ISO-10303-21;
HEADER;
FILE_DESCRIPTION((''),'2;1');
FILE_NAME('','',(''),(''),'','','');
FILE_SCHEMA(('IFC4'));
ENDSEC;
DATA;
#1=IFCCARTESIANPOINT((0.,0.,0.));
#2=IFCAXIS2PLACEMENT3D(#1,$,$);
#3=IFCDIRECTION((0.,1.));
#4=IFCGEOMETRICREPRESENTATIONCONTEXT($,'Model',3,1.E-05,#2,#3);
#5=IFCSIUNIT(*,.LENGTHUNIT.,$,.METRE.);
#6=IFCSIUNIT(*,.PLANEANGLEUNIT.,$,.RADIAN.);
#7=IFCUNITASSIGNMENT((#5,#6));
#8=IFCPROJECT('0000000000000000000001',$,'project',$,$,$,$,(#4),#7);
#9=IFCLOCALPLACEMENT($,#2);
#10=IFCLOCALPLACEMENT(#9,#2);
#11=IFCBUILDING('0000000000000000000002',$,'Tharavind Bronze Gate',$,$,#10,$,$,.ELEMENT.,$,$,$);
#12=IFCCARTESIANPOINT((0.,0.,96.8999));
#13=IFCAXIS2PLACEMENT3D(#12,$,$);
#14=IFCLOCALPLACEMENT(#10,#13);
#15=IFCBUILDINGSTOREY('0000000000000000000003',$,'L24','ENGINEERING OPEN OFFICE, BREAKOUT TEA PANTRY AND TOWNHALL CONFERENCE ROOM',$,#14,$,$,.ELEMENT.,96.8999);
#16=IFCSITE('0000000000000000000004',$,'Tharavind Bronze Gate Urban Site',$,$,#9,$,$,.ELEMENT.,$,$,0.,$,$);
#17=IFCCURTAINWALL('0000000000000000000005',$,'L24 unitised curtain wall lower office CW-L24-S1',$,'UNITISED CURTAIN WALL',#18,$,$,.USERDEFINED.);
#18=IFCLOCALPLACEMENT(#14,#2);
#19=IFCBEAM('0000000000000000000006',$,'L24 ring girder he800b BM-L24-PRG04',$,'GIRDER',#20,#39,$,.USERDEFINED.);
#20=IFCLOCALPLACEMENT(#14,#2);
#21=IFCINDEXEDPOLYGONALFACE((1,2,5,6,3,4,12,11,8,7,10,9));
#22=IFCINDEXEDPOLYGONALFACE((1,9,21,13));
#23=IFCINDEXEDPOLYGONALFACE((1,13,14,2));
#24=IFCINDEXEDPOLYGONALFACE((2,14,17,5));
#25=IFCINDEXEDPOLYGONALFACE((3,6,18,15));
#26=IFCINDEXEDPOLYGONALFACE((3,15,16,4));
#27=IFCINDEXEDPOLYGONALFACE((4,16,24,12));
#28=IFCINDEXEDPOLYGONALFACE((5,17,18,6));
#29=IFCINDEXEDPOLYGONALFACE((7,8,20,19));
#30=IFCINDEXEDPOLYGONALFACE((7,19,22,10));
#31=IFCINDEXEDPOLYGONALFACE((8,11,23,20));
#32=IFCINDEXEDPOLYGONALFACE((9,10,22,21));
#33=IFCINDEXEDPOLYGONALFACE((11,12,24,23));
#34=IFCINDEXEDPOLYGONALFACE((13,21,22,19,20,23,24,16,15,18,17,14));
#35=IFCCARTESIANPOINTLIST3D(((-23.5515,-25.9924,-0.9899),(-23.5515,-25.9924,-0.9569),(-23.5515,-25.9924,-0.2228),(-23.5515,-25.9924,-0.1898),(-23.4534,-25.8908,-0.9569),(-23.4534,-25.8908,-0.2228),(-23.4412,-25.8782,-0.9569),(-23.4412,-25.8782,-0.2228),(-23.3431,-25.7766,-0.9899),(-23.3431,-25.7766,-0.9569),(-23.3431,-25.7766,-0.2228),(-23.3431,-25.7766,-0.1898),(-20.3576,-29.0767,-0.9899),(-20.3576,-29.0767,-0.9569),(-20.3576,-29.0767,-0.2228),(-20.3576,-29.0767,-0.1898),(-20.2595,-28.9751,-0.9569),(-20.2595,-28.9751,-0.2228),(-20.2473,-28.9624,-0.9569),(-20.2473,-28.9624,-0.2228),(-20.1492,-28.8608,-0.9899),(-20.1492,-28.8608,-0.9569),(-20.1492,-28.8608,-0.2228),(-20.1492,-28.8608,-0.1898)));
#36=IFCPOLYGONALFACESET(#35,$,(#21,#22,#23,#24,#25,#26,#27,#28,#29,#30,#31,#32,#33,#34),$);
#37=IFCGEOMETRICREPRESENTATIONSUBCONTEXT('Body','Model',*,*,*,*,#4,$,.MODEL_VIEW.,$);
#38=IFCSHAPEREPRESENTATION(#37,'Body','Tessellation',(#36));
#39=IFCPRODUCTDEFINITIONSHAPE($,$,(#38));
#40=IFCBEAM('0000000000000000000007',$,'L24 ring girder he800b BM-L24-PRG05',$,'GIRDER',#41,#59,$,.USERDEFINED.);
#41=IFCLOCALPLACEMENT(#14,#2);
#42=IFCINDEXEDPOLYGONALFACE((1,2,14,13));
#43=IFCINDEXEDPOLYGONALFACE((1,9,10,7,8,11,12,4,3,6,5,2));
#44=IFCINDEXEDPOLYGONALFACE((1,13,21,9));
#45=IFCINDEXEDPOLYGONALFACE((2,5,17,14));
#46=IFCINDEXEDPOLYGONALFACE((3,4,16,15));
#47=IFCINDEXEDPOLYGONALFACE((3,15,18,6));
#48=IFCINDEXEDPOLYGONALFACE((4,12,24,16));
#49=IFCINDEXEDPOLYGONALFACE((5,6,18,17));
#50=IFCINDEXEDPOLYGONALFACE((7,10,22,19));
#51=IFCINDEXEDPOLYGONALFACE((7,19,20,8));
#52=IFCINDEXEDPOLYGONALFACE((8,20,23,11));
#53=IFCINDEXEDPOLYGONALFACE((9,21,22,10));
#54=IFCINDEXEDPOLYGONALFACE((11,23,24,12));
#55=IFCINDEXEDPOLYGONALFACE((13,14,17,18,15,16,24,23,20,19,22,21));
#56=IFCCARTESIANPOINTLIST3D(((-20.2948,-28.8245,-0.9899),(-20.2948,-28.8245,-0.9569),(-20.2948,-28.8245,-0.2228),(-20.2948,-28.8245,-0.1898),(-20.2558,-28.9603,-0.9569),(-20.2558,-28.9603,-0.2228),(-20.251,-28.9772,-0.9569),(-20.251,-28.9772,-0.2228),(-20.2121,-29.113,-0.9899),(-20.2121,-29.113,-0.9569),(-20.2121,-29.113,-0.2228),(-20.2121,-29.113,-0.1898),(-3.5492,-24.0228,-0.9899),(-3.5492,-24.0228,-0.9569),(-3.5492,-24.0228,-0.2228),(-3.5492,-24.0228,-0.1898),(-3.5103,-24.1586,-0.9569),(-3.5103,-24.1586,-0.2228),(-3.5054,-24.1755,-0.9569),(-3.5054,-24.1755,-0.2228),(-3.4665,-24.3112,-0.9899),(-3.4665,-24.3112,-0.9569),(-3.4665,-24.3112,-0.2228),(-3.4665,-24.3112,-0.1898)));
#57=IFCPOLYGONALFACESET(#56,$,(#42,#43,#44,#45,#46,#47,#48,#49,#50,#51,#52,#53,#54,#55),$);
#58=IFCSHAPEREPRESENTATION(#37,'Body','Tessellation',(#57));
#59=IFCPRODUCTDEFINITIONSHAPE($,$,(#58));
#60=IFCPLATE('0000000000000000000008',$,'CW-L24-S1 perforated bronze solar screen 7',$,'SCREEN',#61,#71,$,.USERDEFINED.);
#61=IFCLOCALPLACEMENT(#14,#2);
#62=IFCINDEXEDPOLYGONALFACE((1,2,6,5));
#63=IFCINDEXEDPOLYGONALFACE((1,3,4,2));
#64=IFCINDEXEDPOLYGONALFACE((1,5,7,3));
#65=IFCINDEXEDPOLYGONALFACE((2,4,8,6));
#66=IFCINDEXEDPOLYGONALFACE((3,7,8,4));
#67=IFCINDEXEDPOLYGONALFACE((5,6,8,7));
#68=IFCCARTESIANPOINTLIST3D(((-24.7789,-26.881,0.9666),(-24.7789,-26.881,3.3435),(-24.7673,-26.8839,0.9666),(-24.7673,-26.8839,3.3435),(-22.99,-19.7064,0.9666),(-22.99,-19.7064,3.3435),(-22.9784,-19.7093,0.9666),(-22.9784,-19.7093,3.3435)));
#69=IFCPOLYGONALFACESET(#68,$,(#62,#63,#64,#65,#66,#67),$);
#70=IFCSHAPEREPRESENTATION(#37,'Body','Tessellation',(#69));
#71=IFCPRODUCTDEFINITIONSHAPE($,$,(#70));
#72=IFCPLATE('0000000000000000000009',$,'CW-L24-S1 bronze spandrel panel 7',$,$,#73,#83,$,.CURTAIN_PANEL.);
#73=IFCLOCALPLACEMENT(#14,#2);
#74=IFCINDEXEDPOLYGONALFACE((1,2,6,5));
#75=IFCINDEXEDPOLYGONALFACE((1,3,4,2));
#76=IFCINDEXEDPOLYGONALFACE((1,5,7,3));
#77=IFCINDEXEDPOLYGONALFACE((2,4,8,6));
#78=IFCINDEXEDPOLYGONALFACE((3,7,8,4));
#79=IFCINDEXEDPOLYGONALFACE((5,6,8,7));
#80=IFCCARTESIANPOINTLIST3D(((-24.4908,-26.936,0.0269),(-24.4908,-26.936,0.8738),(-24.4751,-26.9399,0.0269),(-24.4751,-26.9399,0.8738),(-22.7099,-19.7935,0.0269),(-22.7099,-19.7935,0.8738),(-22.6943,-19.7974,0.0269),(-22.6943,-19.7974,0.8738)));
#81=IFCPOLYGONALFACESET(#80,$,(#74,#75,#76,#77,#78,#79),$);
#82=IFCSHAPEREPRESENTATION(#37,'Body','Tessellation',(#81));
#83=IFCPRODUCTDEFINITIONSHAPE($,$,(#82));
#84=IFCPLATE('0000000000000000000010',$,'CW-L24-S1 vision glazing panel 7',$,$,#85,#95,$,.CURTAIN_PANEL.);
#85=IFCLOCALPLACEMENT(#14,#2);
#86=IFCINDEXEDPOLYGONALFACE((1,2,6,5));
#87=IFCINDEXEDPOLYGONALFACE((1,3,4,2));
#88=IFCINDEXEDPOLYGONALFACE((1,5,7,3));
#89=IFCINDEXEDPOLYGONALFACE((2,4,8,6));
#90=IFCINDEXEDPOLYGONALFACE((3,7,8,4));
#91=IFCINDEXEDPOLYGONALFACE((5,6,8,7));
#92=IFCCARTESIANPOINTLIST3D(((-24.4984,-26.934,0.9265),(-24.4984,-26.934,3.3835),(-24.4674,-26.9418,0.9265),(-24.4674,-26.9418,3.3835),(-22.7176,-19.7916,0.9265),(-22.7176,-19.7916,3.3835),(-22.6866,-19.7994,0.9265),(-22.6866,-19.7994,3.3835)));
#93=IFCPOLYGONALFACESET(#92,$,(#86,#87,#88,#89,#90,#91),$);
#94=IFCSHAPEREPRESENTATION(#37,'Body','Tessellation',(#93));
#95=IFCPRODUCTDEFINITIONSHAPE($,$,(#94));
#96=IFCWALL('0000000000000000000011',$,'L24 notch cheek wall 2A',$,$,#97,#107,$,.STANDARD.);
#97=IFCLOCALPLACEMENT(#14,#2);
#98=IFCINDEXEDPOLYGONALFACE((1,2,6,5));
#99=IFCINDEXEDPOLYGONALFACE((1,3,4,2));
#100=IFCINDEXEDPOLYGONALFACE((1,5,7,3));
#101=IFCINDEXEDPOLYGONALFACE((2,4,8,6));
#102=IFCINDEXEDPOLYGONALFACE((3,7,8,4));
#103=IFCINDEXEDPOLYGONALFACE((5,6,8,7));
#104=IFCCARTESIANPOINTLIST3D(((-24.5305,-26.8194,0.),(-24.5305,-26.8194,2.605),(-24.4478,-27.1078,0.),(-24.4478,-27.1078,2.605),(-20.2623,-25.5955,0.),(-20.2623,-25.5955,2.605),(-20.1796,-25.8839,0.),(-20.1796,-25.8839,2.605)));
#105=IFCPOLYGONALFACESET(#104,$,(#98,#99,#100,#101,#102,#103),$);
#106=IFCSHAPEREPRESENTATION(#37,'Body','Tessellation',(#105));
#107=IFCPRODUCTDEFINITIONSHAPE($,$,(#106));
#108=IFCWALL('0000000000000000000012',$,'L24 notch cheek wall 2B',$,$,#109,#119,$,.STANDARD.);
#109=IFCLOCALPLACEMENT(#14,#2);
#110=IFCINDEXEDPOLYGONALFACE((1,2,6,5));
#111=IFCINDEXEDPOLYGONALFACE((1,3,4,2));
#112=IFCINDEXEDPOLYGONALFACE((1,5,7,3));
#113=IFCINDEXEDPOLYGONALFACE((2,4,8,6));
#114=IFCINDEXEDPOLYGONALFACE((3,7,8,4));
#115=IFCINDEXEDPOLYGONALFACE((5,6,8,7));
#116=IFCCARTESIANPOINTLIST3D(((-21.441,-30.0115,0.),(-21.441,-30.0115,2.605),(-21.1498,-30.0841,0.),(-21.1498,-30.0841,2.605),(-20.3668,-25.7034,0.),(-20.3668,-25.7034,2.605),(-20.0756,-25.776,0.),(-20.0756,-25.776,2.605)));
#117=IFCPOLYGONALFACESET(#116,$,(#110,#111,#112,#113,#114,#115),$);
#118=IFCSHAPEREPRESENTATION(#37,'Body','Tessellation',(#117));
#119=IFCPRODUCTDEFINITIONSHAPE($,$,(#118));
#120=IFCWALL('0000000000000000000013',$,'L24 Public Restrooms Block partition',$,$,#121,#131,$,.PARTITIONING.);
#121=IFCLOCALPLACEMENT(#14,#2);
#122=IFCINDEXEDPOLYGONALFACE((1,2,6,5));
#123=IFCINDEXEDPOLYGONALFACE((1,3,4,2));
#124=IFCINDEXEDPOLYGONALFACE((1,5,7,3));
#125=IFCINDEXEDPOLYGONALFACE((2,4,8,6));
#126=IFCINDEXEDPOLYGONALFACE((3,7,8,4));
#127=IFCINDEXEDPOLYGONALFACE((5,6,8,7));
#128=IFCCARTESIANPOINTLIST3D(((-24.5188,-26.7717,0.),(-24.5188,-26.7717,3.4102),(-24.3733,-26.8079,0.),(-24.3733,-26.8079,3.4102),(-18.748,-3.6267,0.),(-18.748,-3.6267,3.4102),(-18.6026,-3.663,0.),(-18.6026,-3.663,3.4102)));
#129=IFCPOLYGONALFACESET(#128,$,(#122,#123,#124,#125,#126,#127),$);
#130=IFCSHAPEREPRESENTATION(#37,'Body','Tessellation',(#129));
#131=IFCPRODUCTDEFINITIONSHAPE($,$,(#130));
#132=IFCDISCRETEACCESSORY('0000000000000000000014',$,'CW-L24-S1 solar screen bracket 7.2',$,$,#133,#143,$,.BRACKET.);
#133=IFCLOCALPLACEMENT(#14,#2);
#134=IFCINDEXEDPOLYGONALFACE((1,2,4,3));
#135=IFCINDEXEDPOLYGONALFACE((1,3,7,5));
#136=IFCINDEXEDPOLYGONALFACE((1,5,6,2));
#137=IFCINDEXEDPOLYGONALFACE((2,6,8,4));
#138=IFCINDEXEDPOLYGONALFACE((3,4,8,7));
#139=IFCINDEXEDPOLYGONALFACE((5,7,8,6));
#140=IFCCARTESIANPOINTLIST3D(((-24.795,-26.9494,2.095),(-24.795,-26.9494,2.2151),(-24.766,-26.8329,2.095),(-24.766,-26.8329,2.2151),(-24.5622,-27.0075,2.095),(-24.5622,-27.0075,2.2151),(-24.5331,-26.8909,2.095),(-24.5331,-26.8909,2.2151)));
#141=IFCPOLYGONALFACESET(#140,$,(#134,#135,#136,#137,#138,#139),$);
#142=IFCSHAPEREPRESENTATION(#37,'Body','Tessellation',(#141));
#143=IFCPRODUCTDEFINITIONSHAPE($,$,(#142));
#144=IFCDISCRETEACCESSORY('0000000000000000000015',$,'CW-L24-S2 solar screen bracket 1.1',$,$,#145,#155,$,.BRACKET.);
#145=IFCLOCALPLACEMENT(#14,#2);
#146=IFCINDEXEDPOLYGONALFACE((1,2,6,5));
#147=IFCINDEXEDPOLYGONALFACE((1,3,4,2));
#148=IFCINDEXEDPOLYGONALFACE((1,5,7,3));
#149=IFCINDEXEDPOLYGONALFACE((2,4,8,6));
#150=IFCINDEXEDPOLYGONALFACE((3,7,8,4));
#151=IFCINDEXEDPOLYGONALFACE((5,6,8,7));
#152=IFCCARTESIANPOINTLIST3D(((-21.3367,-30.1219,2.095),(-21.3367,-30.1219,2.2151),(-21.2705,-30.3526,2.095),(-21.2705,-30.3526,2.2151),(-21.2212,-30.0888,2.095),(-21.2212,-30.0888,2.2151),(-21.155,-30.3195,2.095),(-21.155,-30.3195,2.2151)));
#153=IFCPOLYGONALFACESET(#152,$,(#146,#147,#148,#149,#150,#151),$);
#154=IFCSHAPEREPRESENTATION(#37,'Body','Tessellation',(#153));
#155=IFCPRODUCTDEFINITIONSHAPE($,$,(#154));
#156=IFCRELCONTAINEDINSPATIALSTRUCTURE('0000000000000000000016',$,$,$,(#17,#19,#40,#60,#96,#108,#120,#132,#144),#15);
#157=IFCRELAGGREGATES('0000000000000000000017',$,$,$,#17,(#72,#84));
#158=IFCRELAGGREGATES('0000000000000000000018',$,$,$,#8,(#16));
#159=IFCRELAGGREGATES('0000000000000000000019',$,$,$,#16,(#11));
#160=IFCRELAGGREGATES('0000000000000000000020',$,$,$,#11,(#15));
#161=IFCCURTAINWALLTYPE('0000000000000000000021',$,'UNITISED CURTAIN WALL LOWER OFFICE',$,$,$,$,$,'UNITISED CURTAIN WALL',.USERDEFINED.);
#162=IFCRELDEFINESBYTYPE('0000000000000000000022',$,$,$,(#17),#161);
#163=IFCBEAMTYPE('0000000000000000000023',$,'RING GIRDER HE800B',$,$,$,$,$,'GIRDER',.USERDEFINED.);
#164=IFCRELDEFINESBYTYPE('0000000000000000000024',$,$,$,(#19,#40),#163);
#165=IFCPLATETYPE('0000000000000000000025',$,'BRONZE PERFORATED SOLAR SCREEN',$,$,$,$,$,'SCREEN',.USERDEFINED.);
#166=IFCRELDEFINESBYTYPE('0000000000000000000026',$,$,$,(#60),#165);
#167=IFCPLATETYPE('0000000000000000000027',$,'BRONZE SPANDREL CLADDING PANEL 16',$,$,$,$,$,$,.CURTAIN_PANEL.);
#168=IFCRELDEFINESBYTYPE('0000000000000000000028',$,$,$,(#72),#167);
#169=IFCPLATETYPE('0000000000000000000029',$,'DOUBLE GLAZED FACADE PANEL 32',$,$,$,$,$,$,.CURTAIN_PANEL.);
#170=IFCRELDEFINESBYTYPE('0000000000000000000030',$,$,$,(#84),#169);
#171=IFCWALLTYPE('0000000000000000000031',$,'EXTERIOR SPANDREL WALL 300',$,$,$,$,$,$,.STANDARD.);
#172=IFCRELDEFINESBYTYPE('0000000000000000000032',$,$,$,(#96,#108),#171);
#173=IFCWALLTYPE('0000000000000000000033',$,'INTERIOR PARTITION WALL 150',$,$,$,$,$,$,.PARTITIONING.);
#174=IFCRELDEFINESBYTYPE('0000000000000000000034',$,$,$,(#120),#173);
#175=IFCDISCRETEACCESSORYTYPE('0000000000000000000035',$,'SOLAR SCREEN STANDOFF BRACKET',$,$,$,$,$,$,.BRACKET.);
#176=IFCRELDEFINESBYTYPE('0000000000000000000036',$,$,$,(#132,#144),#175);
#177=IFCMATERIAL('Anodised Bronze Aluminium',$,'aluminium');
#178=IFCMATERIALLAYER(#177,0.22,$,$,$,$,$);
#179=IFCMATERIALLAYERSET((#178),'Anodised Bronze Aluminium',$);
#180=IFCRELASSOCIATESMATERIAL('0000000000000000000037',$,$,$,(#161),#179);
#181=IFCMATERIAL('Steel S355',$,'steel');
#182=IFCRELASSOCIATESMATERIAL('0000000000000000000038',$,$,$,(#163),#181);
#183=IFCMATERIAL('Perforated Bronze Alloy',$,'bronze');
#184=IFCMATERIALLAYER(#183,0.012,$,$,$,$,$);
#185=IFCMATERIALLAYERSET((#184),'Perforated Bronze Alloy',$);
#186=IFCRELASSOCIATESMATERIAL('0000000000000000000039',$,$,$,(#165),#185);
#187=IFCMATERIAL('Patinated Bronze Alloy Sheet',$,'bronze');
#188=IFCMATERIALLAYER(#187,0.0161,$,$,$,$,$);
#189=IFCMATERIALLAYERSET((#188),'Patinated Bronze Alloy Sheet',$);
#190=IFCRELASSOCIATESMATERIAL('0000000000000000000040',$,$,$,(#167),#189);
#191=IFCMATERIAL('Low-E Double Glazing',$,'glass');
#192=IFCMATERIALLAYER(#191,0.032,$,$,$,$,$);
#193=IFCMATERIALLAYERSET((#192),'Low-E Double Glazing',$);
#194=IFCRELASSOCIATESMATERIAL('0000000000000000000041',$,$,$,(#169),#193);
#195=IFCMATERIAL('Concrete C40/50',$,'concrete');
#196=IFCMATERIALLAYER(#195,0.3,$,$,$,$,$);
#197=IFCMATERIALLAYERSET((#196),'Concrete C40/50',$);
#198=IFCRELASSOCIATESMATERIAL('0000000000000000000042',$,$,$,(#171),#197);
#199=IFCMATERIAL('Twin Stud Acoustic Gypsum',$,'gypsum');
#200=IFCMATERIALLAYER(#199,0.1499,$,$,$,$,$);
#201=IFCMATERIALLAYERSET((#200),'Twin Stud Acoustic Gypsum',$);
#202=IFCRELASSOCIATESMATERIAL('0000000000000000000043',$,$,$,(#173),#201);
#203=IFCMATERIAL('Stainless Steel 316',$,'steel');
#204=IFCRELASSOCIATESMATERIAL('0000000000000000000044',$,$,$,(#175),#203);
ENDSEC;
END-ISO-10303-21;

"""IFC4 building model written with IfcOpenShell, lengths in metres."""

from ifc_helpers import new_model, si_unit, direction, frame, frame_2d, origin, origin_2d, place, context, subcontext, project, spatial, rectangle, i_section, extrude, material, layer, layer_set, material_profile, profile_set, type_object, element, aggregate, save


model = new_model("IFC4")

# Units and contexts
model_context = context("Model", 3, precision=1e-05, world=origin(), true_north=direction((0.0, 1.0)))
body_context = subcontext(model_context, "Body", "Model", "MODEL_VIEW")
ifc_project = project(units=[si_unit("LENGTHUNIT", "METRE"), si_unit("PLANEANGLEUNIT", "RADIAN")], contexts=[model_context])

# Site, building, storey
site_placement = place(None, origin())
site = spatial("IfcSite", under=ifc_project, at=site_placement, Name="Tharavind Bronze Gate Urban Site", CompositionType="ELEMENT", RefElevation=0.0)
building_placement = place(site_placement, origin())
building = spatial("IfcBuilding", under=site, at=building_placement, Name="Tharavind Bronze Gate", CompositionType="ELEMENT")
storey_placement = place(building_placement, frame((0.0, 0.0, 96.8999)))
storey = spatial("IfcBuildingStorey", under=building, at=storey_placement, Name="L24", Description="ENGINEERING OPEN OFFICE, BREAKOUT TEA PANTRY AND TOWNHALL CONFERENCE ROOM", CompositionType="ELEMENT", Elevation=96.8999)

# Curtain wall
ifc_material_1 = material(Name="Anodised Bronze Aluminium", Category="aluminium")
ifc_layer_1 = layer(ifc_material_1, 0.22)
ifc_layer_set_1 = layer_set([ifc_layer_1], Name="Anodised Bronze Aluminium")
curtain_wall_type = type_object("IfcCurtainWallType", Name="UNITISED CURTAIN WALL LOWER OFFICE", ElementType="UNITISED CURTAIN WALL", PredefinedType="USERDEFINED", material=ifc_layer_set_1)
curtain_wall_1_placement = place(storey_placement, origin())
curtain_wall_1 = element("IfcCurtainWall", 1, at=curtain_wall_1_placement, inside=storey, type_object=curtain_wall_type, Name="L24 unitised curtain wall lower office CW-L24-S1", ObjectType="UNITISED CURTAIN WALL", PredefinedType="USERDEFINED")

# Beams
ifc_material_2 = material(Name="Steel S355", Category="steel")
ifc_material_profile_1 = material_profile(ifc_material_2, i_section(OverallWidth=0.3, OverallDepth=0.8, WebThickness=0.0176, FlangeThickness=0.033, at=origin_2d()), Name="HE800B")
ifc_profile_set_1 = profile_set([ifc_material_profile_1], Name="Steel S355")
beam_type_1 = type_object("IfcBeamType", Name="RING GIRDER HE800B", ElementType="GIRDER", PredefinedType="USERDEFINED", material=ifc_profile_set_1)
beam_1_placement = place(storey_placement, frame((-23.4473, -25.8845, -0.5898), z_axis=(0.719344, -0.694654, 0.0), x_axis=(0.694654, 0.719344, 0.0)))
element("IfcBeam", 2, at=beam_1_placement, inside=storey, type_object=beam_type_1, Name="L24 ring girder he800b BM-L24-PRG04", ObjectType="GIRDER", PredefinedType="USERDEFINED", context=body_context, shape_type="SweptSolid", body=[
    extrude(i_section(OverallWidth=0.3, OverallDepth=0.8, WebThickness=0.0176, FlangeThickness=0.033, at=origin_2d()), origin(), (0.0, 0.0, 1.0), 4.4399),
])
beam_2_placement = place(storey_placement, frame((-20.2534, -28.9688, -0.5898), z_axis=(0.961261, 0.275639, 0.0), x_axis=(-0.275639, 0.961261, 0.0)))
element("IfcBeam", 3, at=beam_2_placement, inside=storey, type_object=beam_type_1, Name="L24 ring girder he800b BM-L24-PRG05", ObjectType="GIRDER", PredefinedType="USERDEFINED", context=body_context, shape_type="SweptSolid", body=[
    extrude(i_section(OverallWidth=0.3, OverallDepth=0.8, WebThickness=0.0176, FlangeThickness=0.033, at=origin_2d()), origin(), (0.0, 0.0, 1.0), 17.4204),
])

# Plates
ifc_material_3 = material(Name="Perforated Bronze Alloy", Category="bronze")
ifc_layer_2 = layer(ifc_material_3, 0.012)
ifc_layer_set_2 = layer_set([ifc_layer_2], Name="Perforated Bronze Alloy")
plate_type_1 = type_object("IfcPlateType", Name="BRONZE PERFORATED SOLAR SCREEN", ElementType="SCREEN", PredefinedType="USERDEFINED", material=ifc_layer_set_2)
plate_1_placement = place(storey_placement, frame((-23.8787, -23.2952, 0.9666), z_axis=(0.0, 0.0, 1.0), x_axis=(-0.241922, -0.970296, 0.0)))
element("IfcPlate", 4, at=plate_1_placement, inside=storey, type_object=plate_type_1, Name="CW-L24-S1 perforated bronze solar screen 7", ObjectType="SCREEN", PredefinedType="USERDEFINED", context=body_context, shape_type="SweptSolid", body=[
    extrude(rectangle(XDim=7.3943, YDim=0.012, at=origin_2d()), origin(), (0.0, 0.0, 1.0), 2.377),
])
ifc_material_4 = material(Name="Patinated Bronze Alloy Sheet", Category="bronze")
ifc_layer_3 = layer(ifc_material_4, 0.0161)
ifc_layer_set_3 = layer_set([ifc_layer_3], Name="Patinated Bronze Alloy Sheet")
plate_type_2 = type_object("IfcPlateType", Name="BRONZE SPANDREL CLADDING PANEL 16", PredefinedType="CURTAIN_PANEL", material=ifc_layer_set_3)
plate_2_placement = place(storey_placement, frame((-23.5925, -23.3667, 0.0269), z_axis=(0.0, 0.0, 1.0), x_axis=(-0.241922, -0.970296, 0.0)))
plate_2 = element("IfcPlate", 5, at=plate_2_placement, type_object=plate_type_2, Name="CW-L24-S1 bronze spandrel panel 7", PredefinedType="CURTAIN_PANEL", context=body_context, shape_type="SweptSolid", body=[
    extrude(rectangle(XDim=7.3611, YDim=0.0161, at=origin_2d()), origin(), (0.0, 0.0, 1.0), 0.8469),
])
ifc_material_5 = material(Name="Low-E Double Glazing", Category="glass")
ifc_layer_4 = layer(ifc_material_5, 0.032)
ifc_layer_set_4 = layer_set([ifc_layer_4], Name="Low-E Double Glazing")
plate_type_3 = type_object("IfcPlateType", Name="DOUBLE GLAZED FACADE PANEL 32", PredefinedType="CURTAIN_PANEL", material=ifc_layer_set_4)
plate_3_placement = place(storey_placement, frame((-23.5925, -23.3667, 0.9265), z_axis=(0.0, 0.0, 1.0), x_axis=(-0.241922, -0.970296, 0.0)))
plate_3 = element("IfcPlate", 6, at=plate_3_placement, type_object=plate_type_3, Name="CW-L24-S1 vision glazing panel 7", PredefinedType="CURTAIN_PANEL", context=body_context, shape_type="SweptSolid", body=[
    extrude(rectangle(XDim=7.3611, YDim=0.032, at=origin_2d()), origin(), (0.0, 0.0, 1.0), 2.457),
])
aggregate(curtain_wall_1, [plate_2, plate_3])

# Walls
ifc_material_6 = material(Name="Concrete C40/50", Category="concrete")
ifc_layer_5 = layer(ifc_material_6, 0.3)
ifc_layer_set_5 = layer_set([ifc_layer_5], Name="Concrete C40/50")
wall_type_1 = type_object("IfcWallType", Name="EXTERIOR SPANDREL WALL 300", PredefinedType="STANDARD", material=ifc_layer_set_5)
wall_1_placement = place(storey_placement, frame((-24.4893, -26.9636, 0.0), z_axis=(0.0, 0.0, 1.0), x_axis=(0.96126, 0.275643, 0.0)))
element("IfcWall", 7, at=wall_1_placement, inside=storey, type_object=wall_type_1, Name="L24 notch cheek wall 2A", PredefinedType="STANDARD", context=body_context, shape_type="SweptSolid", body=[
    extrude(rectangle(XDim=4.4402, YDim=0.3, at=frame_2d((2.2202, 0.0))), origin(), (0.0, 0.0, 1.0), 2.605),
])
wall_2_placement = place(storey_placement, frame((-20.2212, -25.7397, 0.0), z_axis=(0.0, 0.0, 1.0), x_axis=(-0.24194, -0.970291, 0.0)))
element("IfcWall", 8, at=wall_2_placement, inside=storey, type_object=wall_type_1, Name="L24 notch cheek wall 2B", PredefinedType="STANDARD", context=body_context, shape_type="SweptSolid", body=[
    extrude(rectangle(XDim=4.4399, YDim=0.3, at=frame_2d((2.22, 0.0))), origin(), (0.0, 0.0, 1.0), 2.605),
])
ifc_material_7 = material(Name="Twin Stud Acoustic Gypsum", Category="gypsum")
ifc_layer_6 = layer(ifc_material_7, 0.1499)
ifc_layer_set_6 = layer_set([ifc_layer_6], Name="Twin Stud Acoustic Gypsum")
wall_type_2 = type_object("IfcWallType", Name="INTERIOR PARTITION WALL 150", PredefinedType="PARTITIONING", material=ifc_layer_set_6)
wall_3_placement = place(storey_placement, frame((-24.446, -26.7898, 0.0), z_axis=(0.0, 0.0, 1.0), x_axis=(0.241924, 0.970295, 0.0)))
element("IfcWall", 9, at=wall_3_placement, inside=storey, type_object=wall_type_2, Name="L24 Public Restrooms Block partition", PredefinedType="PARTITIONING", context=body_context, shape_type="SweptSolid", body=[
    extrude(rectangle(XDim=23.8535, YDim=0.1499, at=frame_2d((11.9268, 0.0))), origin(), (0.0, 0.0, 1.0), 3.4102),
])

# Discrete accessories
ifc_material_8 = material(Name="Stainless Steel 316", Category="steel")
discrete_accessory_type = type_object("IfcDiscreteAccessoryType", Name="SOLAR SCREEN STANDOFF BRACKET", PredefinedType="BRACKET", material=ifc_material_8)
for number, where, z_axis, x_axis, name in (
    (10, (-24.6641, -26.9202, 2.095), (0.0, 0.0, 1.0), (-0.241922, -0.970296, 0.0), "CW-L24-S1 solar screen bracket 7.2"),
    (11, (-21.2458, -30.2207, 2.095), (0.0, 0.0, 1.0), (0.961262, 0.275637, 0.0), "CW-L24-S2 solar screen bracket 1.1"),
):
    element("IfcDiscreteAccessory", number, at=place(storey_placement, frame(where, z_axis=z_axis, x_axis=x_axis)), inside=storey, type_object=discrete_accessory_type, Name=name, PredefinedType="BRACKET", context=body_context, shape_type="SweptSolid", body=[
        extrude(rectangle(XDim=0.1201, YDim=0.24, at=origin_2d()), origin(), (0.0, 0.0, 1.0), 0.1201),
    ])

save(model, "model.ifc")
